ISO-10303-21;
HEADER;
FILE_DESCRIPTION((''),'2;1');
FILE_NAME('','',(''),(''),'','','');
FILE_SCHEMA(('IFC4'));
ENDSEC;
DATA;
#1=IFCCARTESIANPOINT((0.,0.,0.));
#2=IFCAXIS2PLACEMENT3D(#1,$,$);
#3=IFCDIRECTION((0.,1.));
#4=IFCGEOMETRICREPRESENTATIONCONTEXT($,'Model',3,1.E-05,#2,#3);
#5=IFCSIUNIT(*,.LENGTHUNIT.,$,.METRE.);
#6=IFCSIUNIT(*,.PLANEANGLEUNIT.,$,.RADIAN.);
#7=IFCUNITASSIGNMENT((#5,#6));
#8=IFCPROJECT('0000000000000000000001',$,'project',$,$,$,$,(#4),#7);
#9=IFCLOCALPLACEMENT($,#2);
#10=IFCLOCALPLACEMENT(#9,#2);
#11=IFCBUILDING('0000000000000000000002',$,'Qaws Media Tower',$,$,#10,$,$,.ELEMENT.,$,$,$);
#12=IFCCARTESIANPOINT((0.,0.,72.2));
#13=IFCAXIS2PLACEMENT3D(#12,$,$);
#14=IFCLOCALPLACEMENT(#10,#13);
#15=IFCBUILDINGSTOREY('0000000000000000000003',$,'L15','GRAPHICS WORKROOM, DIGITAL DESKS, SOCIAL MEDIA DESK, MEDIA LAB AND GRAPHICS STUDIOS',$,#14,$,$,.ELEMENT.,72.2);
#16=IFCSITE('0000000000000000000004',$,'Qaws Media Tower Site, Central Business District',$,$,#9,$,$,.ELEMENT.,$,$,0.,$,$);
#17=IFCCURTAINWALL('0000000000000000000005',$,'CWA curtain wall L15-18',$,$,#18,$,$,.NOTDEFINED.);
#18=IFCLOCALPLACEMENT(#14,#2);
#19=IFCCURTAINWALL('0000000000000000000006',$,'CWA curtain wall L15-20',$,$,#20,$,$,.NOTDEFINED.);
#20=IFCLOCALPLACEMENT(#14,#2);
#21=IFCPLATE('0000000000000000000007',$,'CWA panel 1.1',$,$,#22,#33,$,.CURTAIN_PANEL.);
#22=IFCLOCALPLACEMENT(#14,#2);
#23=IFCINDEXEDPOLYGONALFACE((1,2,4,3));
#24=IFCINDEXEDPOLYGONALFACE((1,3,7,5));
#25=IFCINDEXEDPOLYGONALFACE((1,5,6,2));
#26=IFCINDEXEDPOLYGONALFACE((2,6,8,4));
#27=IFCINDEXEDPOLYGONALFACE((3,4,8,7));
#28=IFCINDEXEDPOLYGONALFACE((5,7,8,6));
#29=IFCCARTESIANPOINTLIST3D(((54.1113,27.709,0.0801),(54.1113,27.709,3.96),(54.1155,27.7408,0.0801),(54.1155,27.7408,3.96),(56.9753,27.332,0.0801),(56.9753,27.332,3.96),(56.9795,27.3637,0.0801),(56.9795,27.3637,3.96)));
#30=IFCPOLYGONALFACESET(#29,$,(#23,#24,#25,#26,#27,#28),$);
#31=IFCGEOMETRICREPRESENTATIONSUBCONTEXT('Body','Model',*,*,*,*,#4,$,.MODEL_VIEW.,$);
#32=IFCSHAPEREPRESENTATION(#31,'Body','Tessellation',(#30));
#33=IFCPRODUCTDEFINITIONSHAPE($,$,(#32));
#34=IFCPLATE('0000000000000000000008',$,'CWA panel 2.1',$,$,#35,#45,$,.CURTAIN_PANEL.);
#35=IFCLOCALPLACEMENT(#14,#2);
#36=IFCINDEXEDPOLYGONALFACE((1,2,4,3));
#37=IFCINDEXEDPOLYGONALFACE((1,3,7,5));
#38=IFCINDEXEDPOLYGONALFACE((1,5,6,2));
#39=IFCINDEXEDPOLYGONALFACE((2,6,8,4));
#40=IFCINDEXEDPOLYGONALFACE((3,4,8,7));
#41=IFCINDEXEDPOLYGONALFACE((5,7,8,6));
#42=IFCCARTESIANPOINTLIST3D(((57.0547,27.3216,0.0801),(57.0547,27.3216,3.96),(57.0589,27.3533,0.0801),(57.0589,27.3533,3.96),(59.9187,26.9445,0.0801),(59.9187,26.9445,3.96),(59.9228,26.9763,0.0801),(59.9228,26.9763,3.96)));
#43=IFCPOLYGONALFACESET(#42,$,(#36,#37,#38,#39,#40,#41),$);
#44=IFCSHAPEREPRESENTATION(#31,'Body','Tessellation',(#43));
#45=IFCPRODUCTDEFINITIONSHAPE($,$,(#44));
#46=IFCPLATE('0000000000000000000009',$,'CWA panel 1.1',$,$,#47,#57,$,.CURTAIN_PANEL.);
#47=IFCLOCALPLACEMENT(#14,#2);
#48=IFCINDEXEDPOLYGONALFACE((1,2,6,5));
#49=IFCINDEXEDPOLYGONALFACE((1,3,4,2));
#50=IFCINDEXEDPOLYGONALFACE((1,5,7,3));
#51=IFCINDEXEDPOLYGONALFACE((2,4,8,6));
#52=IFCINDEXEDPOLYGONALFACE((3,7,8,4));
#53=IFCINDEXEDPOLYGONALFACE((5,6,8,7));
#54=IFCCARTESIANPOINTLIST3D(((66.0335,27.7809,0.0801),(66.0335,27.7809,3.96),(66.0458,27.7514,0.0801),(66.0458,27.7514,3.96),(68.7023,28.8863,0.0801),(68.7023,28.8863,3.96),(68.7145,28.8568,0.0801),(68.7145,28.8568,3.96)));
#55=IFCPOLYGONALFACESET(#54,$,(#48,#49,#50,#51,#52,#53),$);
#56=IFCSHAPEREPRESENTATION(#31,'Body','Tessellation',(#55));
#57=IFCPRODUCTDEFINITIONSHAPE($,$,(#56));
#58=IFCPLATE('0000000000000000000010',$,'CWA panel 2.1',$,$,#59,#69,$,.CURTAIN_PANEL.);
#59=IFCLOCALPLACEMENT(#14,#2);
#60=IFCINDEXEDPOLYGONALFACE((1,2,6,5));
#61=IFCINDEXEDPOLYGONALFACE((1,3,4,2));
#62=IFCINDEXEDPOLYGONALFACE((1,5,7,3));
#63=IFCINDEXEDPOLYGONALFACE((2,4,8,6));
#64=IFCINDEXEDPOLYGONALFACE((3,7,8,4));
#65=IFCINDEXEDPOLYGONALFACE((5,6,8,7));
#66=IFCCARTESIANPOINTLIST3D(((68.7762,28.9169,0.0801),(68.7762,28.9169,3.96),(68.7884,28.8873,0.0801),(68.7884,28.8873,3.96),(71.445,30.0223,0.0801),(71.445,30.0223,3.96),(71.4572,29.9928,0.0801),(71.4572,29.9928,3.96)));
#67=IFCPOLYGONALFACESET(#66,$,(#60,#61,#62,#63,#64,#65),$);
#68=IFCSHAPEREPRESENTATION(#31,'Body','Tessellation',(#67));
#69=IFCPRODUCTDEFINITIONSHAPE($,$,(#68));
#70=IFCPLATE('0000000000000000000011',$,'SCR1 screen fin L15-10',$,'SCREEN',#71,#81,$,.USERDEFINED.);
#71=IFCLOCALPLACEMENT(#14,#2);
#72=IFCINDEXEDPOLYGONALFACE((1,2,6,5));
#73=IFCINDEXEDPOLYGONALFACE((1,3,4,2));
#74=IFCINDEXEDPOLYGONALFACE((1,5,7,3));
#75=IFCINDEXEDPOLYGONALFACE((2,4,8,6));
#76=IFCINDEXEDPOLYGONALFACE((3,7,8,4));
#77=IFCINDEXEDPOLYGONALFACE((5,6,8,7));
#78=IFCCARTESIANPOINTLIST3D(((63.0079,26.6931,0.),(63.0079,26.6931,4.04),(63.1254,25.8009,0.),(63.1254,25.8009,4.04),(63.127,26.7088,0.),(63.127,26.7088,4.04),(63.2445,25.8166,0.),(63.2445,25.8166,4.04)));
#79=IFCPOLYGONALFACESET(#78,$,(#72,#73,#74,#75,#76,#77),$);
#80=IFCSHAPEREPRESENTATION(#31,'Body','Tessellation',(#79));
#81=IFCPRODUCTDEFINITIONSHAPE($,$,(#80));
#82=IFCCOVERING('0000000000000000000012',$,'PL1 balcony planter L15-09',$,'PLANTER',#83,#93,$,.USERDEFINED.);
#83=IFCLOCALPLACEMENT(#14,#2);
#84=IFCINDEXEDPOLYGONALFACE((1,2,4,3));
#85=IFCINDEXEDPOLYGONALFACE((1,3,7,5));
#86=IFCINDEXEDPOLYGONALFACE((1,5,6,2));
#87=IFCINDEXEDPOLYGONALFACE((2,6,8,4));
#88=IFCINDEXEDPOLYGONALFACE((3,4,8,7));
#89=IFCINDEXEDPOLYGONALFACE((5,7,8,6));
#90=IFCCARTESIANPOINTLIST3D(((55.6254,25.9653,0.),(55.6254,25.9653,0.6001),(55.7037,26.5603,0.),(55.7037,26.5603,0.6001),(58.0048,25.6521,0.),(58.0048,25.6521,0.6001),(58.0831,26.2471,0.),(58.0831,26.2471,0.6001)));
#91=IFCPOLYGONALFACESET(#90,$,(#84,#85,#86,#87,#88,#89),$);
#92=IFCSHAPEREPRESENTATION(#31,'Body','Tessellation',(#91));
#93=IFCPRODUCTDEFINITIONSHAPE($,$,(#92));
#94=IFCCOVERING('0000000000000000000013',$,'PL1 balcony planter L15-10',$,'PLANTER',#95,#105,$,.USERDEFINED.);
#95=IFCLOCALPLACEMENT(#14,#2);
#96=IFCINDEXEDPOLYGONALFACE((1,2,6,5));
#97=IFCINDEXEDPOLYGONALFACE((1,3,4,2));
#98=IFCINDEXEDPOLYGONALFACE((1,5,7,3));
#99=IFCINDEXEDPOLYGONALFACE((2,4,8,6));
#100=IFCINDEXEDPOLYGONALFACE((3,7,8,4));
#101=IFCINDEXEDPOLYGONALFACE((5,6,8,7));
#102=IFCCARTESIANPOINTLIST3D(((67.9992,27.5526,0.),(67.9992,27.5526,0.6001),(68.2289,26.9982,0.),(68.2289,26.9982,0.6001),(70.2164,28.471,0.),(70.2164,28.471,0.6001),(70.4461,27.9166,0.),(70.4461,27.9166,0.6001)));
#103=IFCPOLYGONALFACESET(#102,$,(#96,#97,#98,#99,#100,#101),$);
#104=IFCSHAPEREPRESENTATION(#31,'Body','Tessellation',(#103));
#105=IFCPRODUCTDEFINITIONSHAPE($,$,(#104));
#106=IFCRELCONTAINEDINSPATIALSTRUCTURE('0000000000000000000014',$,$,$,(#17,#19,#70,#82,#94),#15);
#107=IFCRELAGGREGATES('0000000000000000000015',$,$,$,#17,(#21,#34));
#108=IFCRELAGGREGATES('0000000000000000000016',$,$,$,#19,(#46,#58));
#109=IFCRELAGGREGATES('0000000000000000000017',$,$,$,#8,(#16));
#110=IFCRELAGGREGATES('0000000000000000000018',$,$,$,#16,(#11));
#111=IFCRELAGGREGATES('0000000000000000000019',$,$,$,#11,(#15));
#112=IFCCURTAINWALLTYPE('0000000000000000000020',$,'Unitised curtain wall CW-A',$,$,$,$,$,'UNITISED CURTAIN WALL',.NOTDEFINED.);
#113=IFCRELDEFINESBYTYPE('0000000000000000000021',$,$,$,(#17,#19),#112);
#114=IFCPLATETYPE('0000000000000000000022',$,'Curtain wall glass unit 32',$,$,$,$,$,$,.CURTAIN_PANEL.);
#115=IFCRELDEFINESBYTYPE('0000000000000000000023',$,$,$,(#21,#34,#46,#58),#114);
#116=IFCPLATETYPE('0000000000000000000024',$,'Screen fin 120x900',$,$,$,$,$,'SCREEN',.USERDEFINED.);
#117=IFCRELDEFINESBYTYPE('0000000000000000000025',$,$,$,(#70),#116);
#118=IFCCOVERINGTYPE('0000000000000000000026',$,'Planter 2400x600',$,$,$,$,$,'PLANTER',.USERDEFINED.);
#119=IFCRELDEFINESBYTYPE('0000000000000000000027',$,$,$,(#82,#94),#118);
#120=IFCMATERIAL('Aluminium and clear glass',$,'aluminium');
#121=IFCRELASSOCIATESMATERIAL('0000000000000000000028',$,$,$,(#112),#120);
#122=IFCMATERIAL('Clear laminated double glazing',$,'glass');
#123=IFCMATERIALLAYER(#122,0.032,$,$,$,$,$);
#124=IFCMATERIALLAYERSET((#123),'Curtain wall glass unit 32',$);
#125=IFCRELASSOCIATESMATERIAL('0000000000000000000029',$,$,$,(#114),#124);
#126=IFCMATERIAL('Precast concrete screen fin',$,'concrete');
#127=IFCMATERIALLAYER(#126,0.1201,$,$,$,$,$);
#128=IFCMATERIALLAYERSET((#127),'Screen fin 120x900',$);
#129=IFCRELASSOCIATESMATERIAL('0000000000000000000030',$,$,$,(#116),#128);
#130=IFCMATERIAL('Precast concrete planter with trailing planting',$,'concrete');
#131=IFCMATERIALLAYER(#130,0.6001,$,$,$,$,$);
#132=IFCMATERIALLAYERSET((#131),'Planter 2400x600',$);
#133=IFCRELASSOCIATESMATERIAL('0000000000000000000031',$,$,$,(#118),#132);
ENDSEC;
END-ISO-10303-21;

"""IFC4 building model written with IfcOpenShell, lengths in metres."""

from ifc_helpers import new_model, si_unit, direction, frame, origin, origin_2d, place, context, subcontext, project, spatial, rectangle, extrude, material, layer, layer_set, type_object, element, aggregate, save


model = new_model("IFC4")

# Units and contexts
model_context = context("Model", 3, precision=1e-05, world=origin(), true_north=direction((0.0, 1.0)))
body_context = subcontext(model_context, "Body", "Model", "MODEL_VIEW")
ifc_project = project(units=[si_unit("LENGTHUNIT", "METRE"), si_unit("PLANEANGLEUNIT", "RADIAN")], contexts=[model_context])

# Site, building, storey
site_placement = place(None, origin())
site = spatial("IfcSite", under=ifc_project, at=site_placement, Name="Qaws Media Tower Site, Central Business District", CompositionType="ELEMENT", RefElevation=0.0)
building_placement = place(site_placement, origin())
building = spatial("IfcBuilding", under=site, at=building_placement, Name="Qaws Media Tower", CompositionType="ELEMENT")
storey_placement = place(building_placement, frame((0.0, 0.0, 72.2)))
storey = spatial("IfcBuildingStorey", under=building, at=storey_placement, Name="L15", Description="GRAPHICS WORKROOM, DIGITAL DESKS, SOCIAL MEDIA DESK, MEDIA LAB AND GRAPHICS STUDIOS", CompositionType="ELEMENT", Elevation=72.2)

# Curtain walls
ifc_material_1 = material(Name="Aluminium and clear glass", Category="aluminium")
curtain_wall_type = type_object("IfcCurtainWallType", Name="Unitised curtain wall CW-A", ElementType="UNITISED CURTAIN WALL", PredefinedType="NOTDEFINED", material=ifc_material_1)
curtain_wall_1_placement = place(storey_placement, origin())
curtain_wall_1 = element("IfcCurtainWall", 1, at=curtain_wall_1_placement, inside=storey, type_object=curtain_wall_type, Name="CWA curtain wall L15-18", PredefinedType="NOTDEFINED")
curtain_wall_2_placement = place(storey_placement, origin())
curtain_wall_2 = element("IfcCurtainWall", 2, at=curtain_wall_2_placement, inside=storey, type_object=curtain_wall_type, Name="CWA curtain wall L15-20", PredefinedType="NOTDEFINED")

# Plates
ifc_material_2 = material(Name="Clear laminated double glazing", Category="glass")
ifc_layer_1 = layer(ifc_material_2, 0.032)
ifc_layer_set_1 = layer_set([ifc_layer_1], Name="Curtain wall glass unit 32")
plate_type_1 = type_object("IfcPlateType", Name="Curtain wall glass unit 32", PredefinedType="CURTAIN_PANEL", material=ifc_layer_set_1)
plate_1_placement = place(storey_placement, frame((55.5454, 27.5364, 0.0801), z_axis=(0.0, 0.0, 1.0), x_axis=(0.991445, -0.130526, 0.0)))
plate_1 = element("IfcPlate", 3, at=plate_1_placement, type_object=plate_type_1, Name="CWA panel 1.1", PredefinedType="CURTAIN_PANEL", context=body_context, shape_type="SweptSolid", body=[
    extrude(rectangle(XDim=2.8887, YDim=0.032, at=origin_2d()), origin(), (0.0, 0.0, 1.0), 3.8799),
])
plate_2_placement = place(storey_placement, frame((58.4888, 27.1489, 0.0801), z_axis=(0.0, 0.0, 1.0), x_axis=(0.991445, -0.130526, 0.0)))
plate_2 = element("IfcPlate", 4, at=plate_2_placement, type_object=plate_type_1, Name="CWA panel 2.1", PredefinedType="CURTAIN_PANEL", context=body_context, shape_type="SweptSolid", body=[
    extrude(rectangle(XDim=2.8887, YDim=0.032, at=origin_2d()), origin(), (0.0, 0.0, 1.0), 3.8799),
])
aggregate(curtain_wall_1, [plate_1, plate_2])
plate_3_placement = place(storey_placement, frame((67.374, 28.3188, 0.0801), z_axis=(0.0, 0.0, 1.0), x_axis=(0.92388, 0.382683, 0.0)))
plate_3 = element("IfcPlate", 5, at=plate_3_placement, type_object=plate_type_1, Name="CWA panel 1.1", PredefinedType="CURTAIN_PANEL", context=body_context, shape_type="SweptSolid", body=[
    extrude(rectangle(XDim=2.8887, YDim=0.032, at=origin_2d()), origin(), (0.0, 0.0, 1.0), 3.8799),
])
plate_4_placement = place(storey_placement, frame((70.1167, 29.4548, 0.0801), z_axis=(0.0, 0.0, 1.0), x_axis=(0.92388, 0.382683, 0.0)))
plate_4 = element("IfcPlate", 6, at=plate_4_placement, type_object=plate_type_1, Name="CWA panel 2.1", PredefinedType="CURTAIN_PANEL", context=body_context, shape_type="SweptSolid", body=[
    extrude(rectangle(XDim=2.8887, YDim=0.032, at=origin_2d()), origin(), (0.0, 0.0, 1.0), 3.8799),
])
aggregate(curtain_wall_2, [plate_3, plate_4])
ifc_material_3 = material(Name="Precast concrete screen fin", Category="concrete")
ifc_layer_2 = layer(ifc_material_3, 0.1201)
ifc_layer_set_2 = layer_set([ifc_layer_2], Name="Screen fin 120x900")
plate_type_2 = type_object("IfcPlateType", Name="Screen fin 120x900", ElementType="SCREEN", PredefinedType="USERDEFINED", material=ifc_layer_set_2)
plate_5_placement = place(storey_placement, frame((63.1262, 26.2549, 0.0), z_axis=(0.0, 0.0, 1.0), x_axis=(0.130526, -0.991445, 0.0)))
element("IfcPlate", 7, at=plate_5_placement, inside=storey, type_object=plate_type_2, Name="SCR1 screen fin L15-10", ObjectType="SCREEN", PredefinedType="USERDEFINED", context=body_context, shape_type="SweptSolid", body=[
    extrude(rectangle(XDim=0.8999, YDim=0.1201, at=origin_2d()), origin(), (0.0, 0.0, 1.0), 4.04),
])

# Coverings
ifc_material_4 = material(Name="Precast concrete planter with trailing planting", Category="concrete")
ifc_layer_3 = layer(ifc_material_4, 0.6001)
ifc_layer_set_3 = layer_set([ifc_layer_3], Name="Planter 2400x600")
covering_type = type_object("IfcCoveringType", Name="Planter 2400x600", ElementType="PLANTER", PredefinedType="USERDEFINED", material=ifc_layer_set_3)
for number, where, z_axis, x_axis, name in (
    (8, (56.8542, 26.1062, 0.0), (0.0, 0.0, 1.0), (0.991445, -0.130526, 0.0), "PL1 balcony planter L15-09"),
    (9, (69.2227, 27.7346, 0.0), (0.0, 0.0, 1.0), (0.92388, 0.382683, 0.0), "PL1 balcony planter L15-10"),
):
    element("IfcCovering", number, at=place(storey_placement, frame(where, z_axis=z_axis, x_axis=x_axis)), inside=storey, type_object=covering_type, Name=name, ObjectType="PLANTER", PredefinedType="USERDEFINED", context=body_context, shape_type="SweptSolid", body=[
        extrude(rectangle(XDim=2.3999, YDim=0.6001, at=origin_2d()), origin(), (0.0, 0.0, 1.0), 0.6001),
    ])

save(model, "model.ifc")
